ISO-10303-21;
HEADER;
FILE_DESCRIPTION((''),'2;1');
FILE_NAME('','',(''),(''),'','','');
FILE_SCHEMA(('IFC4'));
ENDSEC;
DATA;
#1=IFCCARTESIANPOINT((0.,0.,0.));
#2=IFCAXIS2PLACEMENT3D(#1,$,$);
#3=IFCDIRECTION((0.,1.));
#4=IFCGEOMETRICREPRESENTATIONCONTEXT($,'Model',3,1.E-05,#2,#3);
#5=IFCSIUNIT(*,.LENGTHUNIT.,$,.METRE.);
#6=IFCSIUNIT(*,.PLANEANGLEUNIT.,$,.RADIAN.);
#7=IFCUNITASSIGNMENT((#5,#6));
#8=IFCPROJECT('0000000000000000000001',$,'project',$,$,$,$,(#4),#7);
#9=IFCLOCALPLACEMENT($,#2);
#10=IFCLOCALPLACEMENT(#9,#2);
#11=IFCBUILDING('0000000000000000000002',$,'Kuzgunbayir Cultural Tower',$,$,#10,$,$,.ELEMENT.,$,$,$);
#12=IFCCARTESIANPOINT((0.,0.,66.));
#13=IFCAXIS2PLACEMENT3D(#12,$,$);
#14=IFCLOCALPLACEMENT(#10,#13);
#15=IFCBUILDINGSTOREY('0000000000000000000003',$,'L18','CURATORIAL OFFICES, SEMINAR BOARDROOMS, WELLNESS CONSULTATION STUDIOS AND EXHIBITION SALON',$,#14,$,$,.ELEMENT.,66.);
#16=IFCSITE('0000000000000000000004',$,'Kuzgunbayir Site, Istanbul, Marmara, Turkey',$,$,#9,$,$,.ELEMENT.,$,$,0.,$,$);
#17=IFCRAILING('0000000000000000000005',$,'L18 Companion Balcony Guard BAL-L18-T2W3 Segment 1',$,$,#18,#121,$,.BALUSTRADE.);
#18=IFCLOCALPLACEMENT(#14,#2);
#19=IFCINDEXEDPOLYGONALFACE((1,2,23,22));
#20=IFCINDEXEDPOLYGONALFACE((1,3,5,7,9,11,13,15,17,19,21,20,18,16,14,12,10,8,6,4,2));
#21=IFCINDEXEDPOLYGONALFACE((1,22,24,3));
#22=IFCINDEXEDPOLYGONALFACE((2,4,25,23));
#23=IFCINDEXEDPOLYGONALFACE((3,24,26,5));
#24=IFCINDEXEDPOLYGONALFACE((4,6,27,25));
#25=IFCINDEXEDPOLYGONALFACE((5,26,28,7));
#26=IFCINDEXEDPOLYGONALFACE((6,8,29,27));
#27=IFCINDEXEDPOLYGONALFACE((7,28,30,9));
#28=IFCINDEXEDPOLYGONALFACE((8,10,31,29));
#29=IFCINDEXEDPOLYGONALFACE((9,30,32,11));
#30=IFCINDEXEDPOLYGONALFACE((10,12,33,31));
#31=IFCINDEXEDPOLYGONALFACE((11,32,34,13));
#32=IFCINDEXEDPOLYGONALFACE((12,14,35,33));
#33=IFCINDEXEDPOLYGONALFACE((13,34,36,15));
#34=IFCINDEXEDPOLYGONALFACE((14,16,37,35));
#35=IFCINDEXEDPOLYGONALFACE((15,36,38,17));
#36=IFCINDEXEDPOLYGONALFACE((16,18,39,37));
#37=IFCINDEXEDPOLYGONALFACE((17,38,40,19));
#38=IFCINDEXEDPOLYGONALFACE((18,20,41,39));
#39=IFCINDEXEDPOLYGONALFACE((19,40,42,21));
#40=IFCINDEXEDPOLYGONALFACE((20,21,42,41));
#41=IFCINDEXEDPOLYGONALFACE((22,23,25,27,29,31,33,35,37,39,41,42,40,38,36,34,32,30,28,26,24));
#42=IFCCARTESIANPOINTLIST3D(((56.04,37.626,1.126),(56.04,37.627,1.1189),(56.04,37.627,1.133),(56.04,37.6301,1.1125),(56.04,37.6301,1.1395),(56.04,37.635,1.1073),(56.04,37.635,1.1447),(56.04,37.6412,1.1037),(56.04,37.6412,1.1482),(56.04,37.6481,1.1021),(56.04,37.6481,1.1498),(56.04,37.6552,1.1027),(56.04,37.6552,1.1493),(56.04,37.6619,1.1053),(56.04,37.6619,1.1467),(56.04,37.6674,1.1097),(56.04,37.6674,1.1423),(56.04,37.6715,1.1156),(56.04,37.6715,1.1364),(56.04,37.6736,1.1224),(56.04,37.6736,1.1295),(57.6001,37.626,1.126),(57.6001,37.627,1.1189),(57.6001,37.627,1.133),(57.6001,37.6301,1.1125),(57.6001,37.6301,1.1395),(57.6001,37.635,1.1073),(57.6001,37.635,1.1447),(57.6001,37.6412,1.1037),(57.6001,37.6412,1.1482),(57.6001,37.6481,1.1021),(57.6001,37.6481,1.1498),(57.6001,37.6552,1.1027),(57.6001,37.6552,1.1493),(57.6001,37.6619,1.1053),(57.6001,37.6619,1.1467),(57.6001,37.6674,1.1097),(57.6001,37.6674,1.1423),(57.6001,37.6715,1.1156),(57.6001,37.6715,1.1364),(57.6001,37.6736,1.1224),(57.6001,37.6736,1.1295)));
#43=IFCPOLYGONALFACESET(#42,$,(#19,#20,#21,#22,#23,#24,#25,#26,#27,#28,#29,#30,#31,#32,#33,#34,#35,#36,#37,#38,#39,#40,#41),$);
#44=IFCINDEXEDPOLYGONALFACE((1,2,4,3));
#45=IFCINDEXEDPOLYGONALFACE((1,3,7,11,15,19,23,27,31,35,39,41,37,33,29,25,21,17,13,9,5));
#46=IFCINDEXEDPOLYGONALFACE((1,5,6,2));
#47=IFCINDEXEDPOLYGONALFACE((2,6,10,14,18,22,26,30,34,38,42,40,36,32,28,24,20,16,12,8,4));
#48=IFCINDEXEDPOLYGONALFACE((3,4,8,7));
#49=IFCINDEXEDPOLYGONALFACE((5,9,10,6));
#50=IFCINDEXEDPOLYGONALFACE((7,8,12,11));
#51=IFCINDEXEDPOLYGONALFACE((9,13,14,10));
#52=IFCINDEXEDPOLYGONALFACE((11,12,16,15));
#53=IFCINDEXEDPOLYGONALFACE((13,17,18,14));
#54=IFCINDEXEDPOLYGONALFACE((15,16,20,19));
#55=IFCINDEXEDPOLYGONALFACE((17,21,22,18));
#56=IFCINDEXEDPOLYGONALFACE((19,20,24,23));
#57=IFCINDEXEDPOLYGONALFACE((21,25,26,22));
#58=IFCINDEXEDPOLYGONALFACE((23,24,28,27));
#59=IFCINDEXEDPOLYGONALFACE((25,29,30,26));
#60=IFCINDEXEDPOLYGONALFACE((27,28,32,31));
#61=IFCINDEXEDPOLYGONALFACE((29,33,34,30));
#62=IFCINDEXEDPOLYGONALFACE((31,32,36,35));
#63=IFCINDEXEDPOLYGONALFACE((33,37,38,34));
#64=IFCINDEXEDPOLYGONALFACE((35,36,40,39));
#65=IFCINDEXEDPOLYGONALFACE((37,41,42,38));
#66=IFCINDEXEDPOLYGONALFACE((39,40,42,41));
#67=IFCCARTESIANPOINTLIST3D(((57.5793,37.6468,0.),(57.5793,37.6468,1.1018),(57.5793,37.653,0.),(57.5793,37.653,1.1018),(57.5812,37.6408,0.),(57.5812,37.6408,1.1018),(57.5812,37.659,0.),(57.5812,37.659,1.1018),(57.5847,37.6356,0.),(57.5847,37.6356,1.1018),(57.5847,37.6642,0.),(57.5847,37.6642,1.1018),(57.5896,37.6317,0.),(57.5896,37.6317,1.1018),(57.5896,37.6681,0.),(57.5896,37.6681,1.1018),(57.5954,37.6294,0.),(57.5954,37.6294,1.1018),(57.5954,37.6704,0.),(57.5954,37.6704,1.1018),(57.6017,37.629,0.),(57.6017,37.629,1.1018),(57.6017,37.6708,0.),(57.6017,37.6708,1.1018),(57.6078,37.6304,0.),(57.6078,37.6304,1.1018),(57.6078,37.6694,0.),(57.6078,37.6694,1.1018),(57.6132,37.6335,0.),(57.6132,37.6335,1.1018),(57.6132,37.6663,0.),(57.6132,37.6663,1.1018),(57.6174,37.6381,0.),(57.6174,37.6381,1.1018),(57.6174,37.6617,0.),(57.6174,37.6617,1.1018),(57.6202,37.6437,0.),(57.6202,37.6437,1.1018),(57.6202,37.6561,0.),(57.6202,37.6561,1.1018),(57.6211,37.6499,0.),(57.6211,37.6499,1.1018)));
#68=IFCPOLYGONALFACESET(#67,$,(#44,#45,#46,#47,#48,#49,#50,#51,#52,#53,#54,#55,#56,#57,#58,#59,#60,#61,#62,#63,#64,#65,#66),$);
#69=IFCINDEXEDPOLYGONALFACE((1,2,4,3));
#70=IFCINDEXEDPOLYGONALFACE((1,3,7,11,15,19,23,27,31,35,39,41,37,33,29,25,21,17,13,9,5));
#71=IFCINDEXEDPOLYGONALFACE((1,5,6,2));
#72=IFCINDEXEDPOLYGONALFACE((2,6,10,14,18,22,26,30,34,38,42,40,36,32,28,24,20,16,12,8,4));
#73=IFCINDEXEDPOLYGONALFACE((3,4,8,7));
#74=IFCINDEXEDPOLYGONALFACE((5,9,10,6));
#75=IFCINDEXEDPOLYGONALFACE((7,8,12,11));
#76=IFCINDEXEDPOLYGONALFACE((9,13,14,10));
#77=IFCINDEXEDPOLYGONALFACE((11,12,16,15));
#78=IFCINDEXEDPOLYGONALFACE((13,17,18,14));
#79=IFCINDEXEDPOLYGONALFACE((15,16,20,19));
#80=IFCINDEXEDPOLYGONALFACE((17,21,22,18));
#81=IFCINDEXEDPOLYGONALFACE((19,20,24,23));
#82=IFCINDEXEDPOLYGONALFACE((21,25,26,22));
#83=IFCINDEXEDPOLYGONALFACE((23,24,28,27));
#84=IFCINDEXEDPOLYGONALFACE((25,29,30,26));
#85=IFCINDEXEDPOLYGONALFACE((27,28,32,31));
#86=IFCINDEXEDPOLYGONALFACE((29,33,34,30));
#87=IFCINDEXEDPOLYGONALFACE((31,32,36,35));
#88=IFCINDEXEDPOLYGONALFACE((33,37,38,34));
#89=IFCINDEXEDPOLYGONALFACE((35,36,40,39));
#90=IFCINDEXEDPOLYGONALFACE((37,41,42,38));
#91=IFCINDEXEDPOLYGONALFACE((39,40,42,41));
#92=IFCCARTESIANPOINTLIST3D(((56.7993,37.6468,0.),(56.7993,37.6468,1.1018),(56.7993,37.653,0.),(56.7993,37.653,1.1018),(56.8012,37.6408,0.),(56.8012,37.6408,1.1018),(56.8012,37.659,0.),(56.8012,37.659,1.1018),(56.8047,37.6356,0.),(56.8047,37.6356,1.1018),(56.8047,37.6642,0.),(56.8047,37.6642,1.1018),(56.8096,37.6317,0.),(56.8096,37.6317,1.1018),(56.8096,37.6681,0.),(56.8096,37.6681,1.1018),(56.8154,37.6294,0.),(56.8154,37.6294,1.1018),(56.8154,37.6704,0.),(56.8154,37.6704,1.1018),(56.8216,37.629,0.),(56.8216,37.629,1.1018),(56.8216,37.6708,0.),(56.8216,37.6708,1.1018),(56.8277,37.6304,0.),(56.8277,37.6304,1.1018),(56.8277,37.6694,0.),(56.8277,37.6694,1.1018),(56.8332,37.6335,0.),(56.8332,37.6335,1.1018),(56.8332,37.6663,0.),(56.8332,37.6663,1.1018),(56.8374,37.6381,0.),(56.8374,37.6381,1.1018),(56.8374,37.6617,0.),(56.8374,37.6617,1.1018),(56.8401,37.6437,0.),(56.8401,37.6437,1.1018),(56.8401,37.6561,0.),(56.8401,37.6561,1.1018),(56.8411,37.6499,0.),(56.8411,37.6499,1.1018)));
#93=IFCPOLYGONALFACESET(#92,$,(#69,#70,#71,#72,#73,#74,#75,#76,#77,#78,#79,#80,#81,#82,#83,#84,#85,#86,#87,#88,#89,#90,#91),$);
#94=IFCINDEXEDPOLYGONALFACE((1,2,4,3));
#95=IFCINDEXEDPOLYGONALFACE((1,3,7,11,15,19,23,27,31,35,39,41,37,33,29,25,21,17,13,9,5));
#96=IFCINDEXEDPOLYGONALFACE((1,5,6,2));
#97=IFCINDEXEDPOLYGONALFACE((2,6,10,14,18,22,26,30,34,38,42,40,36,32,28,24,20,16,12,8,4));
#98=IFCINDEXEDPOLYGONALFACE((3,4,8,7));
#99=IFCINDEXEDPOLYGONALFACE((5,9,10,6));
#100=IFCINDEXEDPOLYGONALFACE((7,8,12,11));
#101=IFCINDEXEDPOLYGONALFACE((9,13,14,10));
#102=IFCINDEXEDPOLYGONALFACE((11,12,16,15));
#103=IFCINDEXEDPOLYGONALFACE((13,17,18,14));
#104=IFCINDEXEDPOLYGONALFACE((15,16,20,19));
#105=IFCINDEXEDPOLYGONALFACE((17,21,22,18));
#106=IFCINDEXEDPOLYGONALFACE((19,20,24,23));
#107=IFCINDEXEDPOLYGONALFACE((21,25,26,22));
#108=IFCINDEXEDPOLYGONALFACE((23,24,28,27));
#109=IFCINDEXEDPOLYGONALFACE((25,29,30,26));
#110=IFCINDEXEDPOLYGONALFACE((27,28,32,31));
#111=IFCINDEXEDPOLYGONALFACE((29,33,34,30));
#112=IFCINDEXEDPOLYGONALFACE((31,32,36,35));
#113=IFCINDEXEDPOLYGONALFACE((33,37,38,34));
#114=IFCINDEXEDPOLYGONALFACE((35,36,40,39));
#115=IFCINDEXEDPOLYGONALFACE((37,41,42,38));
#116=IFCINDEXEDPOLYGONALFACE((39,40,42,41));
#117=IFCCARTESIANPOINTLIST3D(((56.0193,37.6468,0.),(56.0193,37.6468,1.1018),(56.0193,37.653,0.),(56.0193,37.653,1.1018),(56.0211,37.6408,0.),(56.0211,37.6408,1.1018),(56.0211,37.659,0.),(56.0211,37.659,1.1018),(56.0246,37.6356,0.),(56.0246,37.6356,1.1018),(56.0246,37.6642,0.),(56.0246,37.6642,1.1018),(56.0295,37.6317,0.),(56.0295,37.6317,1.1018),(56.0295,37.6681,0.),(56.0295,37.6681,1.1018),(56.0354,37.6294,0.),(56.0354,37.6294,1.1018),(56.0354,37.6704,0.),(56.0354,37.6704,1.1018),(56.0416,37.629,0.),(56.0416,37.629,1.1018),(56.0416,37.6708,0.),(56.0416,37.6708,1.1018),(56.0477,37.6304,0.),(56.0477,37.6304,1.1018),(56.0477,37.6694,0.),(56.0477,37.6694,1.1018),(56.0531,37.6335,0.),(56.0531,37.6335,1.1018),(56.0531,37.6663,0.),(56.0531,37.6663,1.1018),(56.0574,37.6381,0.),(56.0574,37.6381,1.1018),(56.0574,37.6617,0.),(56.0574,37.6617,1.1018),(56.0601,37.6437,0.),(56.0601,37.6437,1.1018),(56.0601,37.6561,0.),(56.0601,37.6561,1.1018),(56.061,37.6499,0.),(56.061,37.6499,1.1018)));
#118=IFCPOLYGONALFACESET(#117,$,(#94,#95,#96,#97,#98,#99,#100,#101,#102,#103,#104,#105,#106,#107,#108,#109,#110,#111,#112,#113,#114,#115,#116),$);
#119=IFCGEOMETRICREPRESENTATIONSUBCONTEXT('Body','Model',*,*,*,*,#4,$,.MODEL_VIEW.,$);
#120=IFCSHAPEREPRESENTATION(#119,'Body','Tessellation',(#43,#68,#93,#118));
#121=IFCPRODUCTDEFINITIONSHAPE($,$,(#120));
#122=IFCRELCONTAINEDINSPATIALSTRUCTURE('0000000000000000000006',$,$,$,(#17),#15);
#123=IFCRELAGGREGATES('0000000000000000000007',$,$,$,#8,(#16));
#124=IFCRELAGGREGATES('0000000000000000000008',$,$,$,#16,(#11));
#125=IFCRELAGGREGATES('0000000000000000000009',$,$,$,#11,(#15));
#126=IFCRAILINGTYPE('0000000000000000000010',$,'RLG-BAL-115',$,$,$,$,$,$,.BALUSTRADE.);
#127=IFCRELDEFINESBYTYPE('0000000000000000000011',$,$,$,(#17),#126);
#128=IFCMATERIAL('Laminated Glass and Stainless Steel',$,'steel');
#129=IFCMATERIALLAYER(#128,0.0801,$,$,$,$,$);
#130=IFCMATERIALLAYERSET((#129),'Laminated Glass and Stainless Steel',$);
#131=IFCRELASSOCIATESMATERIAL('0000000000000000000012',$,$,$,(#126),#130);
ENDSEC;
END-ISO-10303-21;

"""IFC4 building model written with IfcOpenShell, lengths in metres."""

from ifc_helpers import new_model, si_unit, direction, frame, origin, origin_2d, place, context, subcontext, project, spatial, circle, extrude, material, layer, layer_set, type_object, element, save


model = new_model("IFC4")

# Units and contexts
model_context = context("Model", 3, precision=1e-05, world=origin(), true_north=direction((0.0, 1.0)))
body_context = subcontext(model_context, "Body", "Model", "MODEL_VIEW")
ifc_project = project(units=[si_unit("LENGTHUNIT", "METRE"), si_unit("PLANEANGLEUNIT", "RADIAN")], contexts=[model_context])

# Site, building, storey
site_placement = place(None, origin())
site = spatial("IfcSite", under=ifc_project, at=site_placement, Name="Kuzgunbayir Site, Istanbul, Marmara, Turkey", CompositionType="ELEMENT", RefElevation=0.0)
building_placement = place(site_placement, origin())
building = spatial("IfcBuilding", under=site, at=building_placement, Name="Kuzgunbayir Cultural Tower", CompositionType="ELEMENT")
storey_placement = place(building_placement, frame((0.0, 0.0, 66.0)))
storey = spatial("IfcBuildingStorey", under=building, at=storey_placement, Name="L18", Description="CURATORIAL OFFICES, SEMINAR BOARDROOMS, WELLNESS CONSULTATION STUDIOS AND EXHIBITION SALON", CompositionType="ELEMENT", Elevation=66.0)

# Railing
ifc_material_1 = material(Name="Laminated Glass and Stainless Steel", Category="steel")
ifc_layer_1 = layer(ifc_material_1, 0.0801)
ifc_layer_set_1 = layer_set([ifc_layer_1], Name="Laminated Glass and Stainless Steel")
railing_type = type_object("IfcRailingType", Name="RLG-BAL-115", PredefinedType="BALUSTRADE", material=ifc_layer_set_1)
railing_1_placement = place(storey_placement, frame((57.6001, 37.6499, 0.0)))
element("IfcRailing", 1, at=railing_1_placement, inside=storey, type_object=railing_type, Name="L18 Companion Balcony Guard BAL-L18-T2W3 Segment 1", PredefinedType="BALUSTRADE", context=body_context, shape_type="SweptSolid", body=[
    extrude(circle(Radius=0.0239, at=origin_2d()), frame((0.0, 0.0, 1.126), z_axis=(-1.0, 0.0, 0.0), x_axis=(0.0, -1.0, 0.0)), (0.0, 0.0, 1.0), 1.5601),
    extrude(circle(Radius=0.021, at=origin_2d()), origin(), (0.0, 0.0, 1.0), 1.1018),
    extrude(circle(Radius=0.021, at=origin_2d()), frame((-0.78, 0.0, 0.0)), (0.0, 0.0, 1.0), 1.1018),
    extrude(circle(Radius=0.021, at=origin_2d()), frame((-1.5601, 0.0, 0.0)), (0.0, 0.0, 1.0), 1.1018),
])

save(model, "model.ifc")
